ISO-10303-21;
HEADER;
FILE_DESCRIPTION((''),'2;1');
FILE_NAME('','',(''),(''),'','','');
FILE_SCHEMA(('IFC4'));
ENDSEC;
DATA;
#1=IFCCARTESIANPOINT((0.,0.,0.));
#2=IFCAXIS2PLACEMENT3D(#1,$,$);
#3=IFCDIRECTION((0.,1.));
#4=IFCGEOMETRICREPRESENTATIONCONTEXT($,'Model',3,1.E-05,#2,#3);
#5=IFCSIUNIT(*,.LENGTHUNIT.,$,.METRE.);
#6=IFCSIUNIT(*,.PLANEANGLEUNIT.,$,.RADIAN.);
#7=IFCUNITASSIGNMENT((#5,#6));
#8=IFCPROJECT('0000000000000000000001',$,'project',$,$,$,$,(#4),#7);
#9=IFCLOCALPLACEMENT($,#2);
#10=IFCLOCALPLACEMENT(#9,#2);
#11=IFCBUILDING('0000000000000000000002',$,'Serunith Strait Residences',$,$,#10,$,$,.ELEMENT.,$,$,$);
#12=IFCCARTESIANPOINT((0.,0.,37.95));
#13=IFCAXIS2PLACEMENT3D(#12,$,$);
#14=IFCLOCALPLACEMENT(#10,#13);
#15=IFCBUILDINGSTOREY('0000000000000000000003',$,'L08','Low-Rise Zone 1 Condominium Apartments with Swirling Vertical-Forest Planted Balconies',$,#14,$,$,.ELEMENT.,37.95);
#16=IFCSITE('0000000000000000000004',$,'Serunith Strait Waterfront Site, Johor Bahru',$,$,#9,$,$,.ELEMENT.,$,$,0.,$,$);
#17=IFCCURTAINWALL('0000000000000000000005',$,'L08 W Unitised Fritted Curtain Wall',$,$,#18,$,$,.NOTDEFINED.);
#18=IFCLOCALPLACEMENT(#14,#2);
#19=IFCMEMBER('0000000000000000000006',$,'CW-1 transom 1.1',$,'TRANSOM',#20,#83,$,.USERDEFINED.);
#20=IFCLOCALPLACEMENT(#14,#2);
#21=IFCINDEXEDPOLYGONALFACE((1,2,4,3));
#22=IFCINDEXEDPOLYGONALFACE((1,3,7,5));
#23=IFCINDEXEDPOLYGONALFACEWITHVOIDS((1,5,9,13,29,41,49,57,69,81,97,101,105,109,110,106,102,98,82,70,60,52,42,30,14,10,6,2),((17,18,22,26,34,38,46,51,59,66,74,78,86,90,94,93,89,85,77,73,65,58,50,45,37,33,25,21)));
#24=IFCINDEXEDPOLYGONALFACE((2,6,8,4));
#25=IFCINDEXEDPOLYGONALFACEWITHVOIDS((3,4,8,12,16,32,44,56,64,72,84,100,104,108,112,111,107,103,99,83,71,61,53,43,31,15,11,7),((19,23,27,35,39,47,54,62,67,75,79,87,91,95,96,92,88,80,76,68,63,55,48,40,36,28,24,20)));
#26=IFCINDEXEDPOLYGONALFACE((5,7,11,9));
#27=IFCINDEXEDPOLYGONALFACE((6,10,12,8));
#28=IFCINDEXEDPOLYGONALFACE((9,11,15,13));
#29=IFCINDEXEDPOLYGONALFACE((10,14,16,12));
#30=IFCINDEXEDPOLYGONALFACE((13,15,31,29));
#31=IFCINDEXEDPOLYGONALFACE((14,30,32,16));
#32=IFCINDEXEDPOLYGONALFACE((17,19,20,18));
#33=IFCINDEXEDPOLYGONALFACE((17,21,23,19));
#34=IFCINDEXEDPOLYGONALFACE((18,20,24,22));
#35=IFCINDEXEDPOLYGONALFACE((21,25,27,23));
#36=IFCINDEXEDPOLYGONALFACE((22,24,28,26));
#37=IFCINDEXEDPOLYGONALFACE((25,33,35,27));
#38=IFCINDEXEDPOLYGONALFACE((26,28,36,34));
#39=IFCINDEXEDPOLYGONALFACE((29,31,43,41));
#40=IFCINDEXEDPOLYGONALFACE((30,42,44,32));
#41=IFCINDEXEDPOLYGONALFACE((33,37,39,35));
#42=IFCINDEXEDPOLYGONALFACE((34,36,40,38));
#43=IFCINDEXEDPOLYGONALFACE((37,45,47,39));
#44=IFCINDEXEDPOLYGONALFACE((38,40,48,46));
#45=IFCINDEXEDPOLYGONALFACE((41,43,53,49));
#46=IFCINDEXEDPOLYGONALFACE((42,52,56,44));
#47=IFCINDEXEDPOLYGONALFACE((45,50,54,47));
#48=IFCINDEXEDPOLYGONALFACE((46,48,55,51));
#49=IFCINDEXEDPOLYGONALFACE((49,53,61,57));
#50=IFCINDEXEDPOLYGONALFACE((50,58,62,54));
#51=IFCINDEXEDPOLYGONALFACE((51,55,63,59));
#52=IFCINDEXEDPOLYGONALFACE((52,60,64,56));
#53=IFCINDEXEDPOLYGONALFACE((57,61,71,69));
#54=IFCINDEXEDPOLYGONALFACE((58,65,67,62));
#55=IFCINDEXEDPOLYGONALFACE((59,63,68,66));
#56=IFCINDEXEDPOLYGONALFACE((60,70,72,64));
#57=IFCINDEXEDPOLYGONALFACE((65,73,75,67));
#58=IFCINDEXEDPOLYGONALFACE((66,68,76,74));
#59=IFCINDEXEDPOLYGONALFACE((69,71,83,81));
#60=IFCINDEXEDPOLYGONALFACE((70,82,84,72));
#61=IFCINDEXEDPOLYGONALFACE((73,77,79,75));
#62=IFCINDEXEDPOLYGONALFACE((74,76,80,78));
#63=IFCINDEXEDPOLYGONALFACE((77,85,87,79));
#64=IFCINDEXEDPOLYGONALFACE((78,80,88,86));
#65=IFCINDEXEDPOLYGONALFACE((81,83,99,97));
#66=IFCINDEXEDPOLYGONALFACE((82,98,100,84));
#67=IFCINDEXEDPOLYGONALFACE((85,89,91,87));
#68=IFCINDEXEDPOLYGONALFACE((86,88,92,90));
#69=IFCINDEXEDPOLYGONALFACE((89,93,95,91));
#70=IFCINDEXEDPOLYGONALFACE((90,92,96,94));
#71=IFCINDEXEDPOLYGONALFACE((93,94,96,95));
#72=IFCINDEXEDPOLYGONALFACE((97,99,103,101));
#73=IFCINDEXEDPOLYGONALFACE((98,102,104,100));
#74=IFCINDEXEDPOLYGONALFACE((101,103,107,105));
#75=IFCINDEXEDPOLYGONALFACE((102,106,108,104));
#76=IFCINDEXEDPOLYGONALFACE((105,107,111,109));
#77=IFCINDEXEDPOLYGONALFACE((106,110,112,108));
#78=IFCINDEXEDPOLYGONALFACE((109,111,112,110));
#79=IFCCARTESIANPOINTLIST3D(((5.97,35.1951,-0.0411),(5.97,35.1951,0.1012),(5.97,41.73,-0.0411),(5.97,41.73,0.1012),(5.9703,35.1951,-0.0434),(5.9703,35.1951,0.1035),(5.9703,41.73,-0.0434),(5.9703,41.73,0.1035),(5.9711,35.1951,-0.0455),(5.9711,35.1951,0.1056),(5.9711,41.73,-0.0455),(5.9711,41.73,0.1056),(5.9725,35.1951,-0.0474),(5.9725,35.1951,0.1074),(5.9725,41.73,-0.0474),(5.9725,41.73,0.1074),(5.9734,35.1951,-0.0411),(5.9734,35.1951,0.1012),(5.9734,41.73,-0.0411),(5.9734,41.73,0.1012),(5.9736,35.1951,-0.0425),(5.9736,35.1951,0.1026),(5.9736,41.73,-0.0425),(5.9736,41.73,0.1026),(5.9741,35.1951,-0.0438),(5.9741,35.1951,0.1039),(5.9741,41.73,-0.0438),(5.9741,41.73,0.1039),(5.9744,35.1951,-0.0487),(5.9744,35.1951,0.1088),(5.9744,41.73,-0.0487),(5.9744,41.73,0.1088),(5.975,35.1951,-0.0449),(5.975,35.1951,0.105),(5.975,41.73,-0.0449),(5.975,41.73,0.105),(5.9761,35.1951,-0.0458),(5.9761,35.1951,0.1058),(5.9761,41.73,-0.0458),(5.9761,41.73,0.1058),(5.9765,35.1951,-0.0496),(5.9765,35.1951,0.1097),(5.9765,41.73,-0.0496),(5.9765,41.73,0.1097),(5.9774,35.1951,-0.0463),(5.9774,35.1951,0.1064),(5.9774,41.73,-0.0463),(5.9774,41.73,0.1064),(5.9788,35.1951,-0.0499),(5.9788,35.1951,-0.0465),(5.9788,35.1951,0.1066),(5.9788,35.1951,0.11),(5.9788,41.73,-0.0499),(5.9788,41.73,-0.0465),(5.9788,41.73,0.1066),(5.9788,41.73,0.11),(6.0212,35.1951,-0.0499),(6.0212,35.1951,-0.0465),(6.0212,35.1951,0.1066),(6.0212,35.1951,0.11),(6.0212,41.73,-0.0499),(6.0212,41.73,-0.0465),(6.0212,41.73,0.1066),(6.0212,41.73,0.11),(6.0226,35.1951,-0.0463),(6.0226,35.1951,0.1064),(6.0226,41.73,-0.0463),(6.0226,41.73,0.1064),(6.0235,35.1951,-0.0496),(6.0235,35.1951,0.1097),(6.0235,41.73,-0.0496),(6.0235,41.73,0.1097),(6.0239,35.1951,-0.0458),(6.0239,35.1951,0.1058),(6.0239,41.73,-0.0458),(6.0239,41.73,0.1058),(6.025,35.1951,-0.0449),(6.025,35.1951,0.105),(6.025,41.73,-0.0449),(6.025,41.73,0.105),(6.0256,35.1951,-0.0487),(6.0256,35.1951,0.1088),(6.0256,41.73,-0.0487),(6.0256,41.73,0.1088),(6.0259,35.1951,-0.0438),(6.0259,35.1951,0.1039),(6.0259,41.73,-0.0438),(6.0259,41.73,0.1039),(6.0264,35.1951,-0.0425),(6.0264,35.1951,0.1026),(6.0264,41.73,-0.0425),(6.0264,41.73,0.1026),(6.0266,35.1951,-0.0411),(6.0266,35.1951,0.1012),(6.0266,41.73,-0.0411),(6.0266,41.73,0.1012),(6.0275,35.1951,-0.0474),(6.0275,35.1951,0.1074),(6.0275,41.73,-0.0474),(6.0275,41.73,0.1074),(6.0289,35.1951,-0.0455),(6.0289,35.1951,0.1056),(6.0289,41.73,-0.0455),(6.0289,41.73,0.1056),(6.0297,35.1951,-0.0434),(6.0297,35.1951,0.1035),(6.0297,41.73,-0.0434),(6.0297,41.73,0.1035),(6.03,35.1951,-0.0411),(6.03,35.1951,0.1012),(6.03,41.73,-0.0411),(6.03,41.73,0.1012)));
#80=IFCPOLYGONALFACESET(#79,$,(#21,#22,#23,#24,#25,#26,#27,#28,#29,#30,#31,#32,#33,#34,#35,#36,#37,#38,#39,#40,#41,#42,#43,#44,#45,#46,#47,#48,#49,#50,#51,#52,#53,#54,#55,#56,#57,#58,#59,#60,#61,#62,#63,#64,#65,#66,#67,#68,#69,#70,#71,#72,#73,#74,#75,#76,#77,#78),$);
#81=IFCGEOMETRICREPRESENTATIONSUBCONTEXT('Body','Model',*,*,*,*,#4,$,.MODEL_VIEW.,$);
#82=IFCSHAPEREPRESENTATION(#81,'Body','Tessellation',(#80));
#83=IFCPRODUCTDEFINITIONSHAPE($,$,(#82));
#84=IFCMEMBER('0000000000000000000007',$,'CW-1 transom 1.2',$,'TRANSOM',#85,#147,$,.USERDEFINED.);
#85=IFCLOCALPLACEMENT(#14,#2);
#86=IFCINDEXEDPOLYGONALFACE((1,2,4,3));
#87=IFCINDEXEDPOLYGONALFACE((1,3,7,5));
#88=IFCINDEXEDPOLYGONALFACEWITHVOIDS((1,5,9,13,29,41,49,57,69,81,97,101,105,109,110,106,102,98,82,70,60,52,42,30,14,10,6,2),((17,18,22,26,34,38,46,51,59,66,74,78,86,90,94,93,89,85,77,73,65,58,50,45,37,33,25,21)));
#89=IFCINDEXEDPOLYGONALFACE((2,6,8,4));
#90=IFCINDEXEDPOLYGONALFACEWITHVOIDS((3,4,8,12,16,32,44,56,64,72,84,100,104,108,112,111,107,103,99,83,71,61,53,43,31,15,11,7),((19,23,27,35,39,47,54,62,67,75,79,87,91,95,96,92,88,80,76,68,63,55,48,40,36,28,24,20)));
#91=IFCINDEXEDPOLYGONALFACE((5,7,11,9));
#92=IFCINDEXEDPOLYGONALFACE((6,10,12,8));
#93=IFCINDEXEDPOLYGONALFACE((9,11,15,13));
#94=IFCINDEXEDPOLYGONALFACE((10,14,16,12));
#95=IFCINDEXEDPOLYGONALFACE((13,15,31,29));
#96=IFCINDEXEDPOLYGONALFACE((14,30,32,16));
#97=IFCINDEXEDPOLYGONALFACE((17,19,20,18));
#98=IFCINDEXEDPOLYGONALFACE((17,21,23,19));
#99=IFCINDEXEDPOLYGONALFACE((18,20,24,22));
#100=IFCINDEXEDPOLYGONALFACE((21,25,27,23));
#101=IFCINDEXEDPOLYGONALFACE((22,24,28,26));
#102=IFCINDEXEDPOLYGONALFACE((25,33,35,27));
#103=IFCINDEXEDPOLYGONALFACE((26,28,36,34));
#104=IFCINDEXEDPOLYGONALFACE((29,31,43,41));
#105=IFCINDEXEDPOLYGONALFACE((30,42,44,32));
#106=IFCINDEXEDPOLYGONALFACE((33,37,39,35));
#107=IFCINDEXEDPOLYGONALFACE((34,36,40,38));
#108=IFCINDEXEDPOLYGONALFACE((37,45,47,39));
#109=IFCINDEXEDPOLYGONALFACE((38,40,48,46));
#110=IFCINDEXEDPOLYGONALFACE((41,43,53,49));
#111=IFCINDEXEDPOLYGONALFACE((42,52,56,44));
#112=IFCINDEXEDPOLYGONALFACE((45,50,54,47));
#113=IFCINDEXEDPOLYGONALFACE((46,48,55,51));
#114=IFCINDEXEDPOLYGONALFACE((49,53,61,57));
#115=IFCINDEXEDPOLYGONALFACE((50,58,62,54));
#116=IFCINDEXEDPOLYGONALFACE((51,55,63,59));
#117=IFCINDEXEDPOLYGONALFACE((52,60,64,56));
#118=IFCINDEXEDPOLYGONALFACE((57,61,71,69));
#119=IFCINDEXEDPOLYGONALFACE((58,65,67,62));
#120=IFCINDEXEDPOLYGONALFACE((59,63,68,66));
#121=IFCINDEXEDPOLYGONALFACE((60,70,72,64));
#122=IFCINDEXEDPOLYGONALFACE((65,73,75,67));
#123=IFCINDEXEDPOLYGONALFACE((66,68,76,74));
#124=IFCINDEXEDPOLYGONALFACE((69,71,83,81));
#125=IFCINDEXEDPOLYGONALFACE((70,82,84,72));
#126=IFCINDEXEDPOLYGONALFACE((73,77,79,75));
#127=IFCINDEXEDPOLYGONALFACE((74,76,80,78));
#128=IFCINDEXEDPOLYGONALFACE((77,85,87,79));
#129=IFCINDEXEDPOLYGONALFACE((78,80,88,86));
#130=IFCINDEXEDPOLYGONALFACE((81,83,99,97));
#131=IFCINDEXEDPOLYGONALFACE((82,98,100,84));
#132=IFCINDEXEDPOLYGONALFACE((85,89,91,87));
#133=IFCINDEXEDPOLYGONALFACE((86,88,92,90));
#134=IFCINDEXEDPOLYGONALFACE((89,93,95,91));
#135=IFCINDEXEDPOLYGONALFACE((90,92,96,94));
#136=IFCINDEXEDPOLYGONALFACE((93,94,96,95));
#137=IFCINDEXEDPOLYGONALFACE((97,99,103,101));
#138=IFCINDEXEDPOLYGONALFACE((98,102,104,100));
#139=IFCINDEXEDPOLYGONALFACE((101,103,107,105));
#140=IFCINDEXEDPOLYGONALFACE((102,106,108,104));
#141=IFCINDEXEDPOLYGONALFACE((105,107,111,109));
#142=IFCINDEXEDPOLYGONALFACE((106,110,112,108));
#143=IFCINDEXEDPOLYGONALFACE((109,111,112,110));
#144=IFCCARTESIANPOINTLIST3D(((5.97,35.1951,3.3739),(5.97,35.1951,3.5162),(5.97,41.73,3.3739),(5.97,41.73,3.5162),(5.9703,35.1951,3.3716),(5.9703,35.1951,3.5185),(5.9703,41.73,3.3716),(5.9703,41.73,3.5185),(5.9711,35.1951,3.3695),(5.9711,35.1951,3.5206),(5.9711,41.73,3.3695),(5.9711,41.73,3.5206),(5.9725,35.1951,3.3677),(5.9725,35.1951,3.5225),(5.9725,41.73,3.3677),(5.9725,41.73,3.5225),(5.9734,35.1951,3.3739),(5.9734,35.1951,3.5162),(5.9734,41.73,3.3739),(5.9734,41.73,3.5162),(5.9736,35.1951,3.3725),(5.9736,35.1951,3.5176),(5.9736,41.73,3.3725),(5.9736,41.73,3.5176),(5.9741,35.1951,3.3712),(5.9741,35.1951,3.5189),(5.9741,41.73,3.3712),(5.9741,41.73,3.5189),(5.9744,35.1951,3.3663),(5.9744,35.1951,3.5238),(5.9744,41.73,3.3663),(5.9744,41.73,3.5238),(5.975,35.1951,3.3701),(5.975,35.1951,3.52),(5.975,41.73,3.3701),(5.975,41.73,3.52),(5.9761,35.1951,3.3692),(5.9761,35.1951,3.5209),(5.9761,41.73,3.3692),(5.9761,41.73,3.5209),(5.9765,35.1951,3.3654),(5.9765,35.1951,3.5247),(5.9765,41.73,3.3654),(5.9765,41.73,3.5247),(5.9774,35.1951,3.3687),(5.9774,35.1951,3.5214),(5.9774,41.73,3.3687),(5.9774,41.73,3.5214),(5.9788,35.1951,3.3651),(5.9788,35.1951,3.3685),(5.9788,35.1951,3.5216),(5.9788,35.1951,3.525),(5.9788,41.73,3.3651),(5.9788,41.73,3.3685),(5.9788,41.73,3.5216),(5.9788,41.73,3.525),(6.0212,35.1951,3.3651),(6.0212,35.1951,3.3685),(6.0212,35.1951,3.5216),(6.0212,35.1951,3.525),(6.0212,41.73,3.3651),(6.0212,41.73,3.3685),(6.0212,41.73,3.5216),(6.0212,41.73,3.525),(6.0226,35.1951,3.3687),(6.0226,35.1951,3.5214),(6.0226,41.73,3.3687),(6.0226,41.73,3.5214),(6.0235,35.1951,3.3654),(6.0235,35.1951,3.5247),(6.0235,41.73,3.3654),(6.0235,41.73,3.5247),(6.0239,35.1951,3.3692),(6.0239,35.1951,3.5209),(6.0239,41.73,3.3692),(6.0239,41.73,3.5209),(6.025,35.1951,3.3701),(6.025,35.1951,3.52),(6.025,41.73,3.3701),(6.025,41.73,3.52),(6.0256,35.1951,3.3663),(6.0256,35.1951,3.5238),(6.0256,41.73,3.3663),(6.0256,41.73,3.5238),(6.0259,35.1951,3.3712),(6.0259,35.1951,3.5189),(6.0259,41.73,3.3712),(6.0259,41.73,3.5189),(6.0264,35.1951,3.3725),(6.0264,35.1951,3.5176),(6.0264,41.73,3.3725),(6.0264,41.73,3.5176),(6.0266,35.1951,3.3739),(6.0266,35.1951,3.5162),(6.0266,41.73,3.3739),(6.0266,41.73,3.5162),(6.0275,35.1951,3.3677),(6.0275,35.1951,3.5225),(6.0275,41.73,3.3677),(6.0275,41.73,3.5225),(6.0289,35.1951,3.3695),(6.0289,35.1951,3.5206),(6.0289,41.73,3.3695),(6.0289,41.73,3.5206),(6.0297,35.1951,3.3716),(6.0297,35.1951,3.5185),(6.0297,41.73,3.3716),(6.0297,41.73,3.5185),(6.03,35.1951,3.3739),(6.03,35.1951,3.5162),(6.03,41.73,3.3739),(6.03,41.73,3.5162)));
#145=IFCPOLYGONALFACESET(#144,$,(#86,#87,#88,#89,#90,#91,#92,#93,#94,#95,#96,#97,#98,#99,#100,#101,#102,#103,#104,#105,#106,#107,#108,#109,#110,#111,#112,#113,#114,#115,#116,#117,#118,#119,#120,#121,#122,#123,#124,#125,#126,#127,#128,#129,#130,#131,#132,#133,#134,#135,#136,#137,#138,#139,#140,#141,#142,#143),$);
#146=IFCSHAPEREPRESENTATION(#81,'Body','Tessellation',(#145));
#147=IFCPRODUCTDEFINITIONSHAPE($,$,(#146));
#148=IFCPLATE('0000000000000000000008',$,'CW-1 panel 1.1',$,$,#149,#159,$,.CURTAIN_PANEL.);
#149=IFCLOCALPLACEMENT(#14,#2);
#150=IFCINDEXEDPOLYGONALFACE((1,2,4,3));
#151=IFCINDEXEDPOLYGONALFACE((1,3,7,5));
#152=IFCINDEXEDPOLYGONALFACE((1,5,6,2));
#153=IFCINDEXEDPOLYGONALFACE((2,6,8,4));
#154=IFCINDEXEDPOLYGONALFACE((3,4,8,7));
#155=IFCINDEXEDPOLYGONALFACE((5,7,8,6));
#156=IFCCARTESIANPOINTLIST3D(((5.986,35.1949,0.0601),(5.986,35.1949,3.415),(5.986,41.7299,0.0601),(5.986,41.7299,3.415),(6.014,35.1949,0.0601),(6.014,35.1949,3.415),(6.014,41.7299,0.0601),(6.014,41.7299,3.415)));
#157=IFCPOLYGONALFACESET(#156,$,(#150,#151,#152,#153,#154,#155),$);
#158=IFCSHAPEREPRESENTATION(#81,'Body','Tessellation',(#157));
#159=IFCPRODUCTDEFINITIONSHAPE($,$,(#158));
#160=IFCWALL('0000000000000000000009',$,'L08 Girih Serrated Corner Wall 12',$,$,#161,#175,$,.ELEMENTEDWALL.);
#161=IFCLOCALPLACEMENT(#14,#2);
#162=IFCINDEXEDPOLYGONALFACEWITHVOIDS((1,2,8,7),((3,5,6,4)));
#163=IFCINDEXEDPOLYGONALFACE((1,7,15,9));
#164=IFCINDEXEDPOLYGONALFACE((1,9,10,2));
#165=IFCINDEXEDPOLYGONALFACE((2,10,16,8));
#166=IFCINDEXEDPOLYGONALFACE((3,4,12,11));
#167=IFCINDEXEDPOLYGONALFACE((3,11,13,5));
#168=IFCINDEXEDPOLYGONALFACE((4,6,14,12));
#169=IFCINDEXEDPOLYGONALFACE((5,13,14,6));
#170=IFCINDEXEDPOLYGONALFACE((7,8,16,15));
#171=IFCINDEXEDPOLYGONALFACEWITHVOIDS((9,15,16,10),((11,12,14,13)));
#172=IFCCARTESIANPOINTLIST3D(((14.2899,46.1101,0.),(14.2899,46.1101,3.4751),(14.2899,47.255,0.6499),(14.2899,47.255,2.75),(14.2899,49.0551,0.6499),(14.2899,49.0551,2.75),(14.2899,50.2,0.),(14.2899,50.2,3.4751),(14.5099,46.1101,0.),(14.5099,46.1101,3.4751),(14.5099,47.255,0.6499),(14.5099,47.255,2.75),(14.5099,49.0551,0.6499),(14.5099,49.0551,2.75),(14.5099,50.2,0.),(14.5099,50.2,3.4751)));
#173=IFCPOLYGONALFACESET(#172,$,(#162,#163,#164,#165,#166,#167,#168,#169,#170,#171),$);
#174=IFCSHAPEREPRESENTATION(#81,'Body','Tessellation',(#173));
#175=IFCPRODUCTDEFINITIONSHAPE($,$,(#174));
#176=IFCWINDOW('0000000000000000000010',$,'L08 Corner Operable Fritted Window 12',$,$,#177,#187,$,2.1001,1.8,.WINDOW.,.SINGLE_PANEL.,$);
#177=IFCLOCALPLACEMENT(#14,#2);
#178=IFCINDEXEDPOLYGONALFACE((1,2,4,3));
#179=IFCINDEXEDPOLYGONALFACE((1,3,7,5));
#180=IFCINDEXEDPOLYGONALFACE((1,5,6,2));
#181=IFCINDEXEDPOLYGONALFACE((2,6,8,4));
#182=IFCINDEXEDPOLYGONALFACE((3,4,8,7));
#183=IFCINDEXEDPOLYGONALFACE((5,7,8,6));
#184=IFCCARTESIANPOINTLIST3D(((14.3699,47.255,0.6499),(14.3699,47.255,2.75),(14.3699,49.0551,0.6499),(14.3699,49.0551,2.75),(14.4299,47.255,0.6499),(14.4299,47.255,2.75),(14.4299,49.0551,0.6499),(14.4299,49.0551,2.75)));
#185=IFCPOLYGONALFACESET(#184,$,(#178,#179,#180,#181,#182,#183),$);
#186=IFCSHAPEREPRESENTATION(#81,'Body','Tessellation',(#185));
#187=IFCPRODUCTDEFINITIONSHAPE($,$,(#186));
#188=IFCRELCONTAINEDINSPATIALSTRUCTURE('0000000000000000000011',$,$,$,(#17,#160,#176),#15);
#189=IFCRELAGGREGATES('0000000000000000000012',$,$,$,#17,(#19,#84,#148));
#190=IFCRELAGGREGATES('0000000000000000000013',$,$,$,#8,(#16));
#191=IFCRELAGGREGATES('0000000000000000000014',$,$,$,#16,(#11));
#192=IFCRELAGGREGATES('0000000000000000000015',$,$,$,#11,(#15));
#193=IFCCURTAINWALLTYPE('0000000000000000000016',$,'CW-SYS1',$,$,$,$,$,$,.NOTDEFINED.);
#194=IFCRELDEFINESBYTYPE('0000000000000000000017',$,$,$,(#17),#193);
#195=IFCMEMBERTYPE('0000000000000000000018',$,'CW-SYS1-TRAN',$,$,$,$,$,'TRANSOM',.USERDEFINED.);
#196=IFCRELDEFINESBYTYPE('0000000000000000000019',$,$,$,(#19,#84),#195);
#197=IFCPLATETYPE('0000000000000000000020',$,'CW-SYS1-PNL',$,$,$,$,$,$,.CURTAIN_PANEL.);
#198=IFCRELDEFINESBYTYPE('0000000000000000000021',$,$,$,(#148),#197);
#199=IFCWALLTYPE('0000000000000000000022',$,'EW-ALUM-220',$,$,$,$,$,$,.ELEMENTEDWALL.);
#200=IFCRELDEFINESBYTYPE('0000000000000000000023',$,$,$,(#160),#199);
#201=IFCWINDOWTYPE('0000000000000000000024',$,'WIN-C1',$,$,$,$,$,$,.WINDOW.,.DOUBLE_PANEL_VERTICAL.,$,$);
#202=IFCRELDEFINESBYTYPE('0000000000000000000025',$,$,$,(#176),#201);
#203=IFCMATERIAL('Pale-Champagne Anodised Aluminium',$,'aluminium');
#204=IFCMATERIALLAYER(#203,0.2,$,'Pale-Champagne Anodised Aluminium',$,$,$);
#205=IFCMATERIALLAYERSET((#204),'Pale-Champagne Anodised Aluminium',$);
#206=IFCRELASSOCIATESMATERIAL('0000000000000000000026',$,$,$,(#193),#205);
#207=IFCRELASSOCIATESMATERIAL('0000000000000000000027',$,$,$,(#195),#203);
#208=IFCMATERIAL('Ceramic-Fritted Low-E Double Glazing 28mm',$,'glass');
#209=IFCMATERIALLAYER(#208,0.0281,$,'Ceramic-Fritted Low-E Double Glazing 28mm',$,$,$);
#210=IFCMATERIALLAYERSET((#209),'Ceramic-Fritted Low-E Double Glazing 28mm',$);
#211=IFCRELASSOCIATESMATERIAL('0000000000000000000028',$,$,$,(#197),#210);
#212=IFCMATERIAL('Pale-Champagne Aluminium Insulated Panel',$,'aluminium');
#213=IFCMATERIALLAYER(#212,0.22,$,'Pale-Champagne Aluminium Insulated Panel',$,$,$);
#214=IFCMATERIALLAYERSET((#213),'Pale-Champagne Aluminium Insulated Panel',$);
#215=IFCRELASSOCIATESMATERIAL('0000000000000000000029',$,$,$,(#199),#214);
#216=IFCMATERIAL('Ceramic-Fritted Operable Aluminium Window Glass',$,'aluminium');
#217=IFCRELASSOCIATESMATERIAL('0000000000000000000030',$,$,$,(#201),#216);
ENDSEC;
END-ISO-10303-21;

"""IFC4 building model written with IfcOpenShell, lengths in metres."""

from ifc_helpers import new_model, si_unit, direction, frame, frame_2d, origin, origin_2d, place, context, subcontext, project, spatial, rectangle, hollow_rectangle, extrude, source, transform, mapped, material, layer, layer_set, material_profile, profile_set, type_object, element, fill, aggregate, save


model = new_model("IFC4")

# Units and contexts
model_context = context("Model", 3, precision=1e-05, world=origin(), true_north=direction((0.0, 1.0)))
body_context = subcontext(model_context, "Body", "Model", "MODEL_VIEW")
ifc_project = project(units=[si_unit("LENGTHUNIT", "METRE"), si_unit("PLANEANGLEUNIT", "RADIAN")], contexts=[model_context])

# Site, building, storey
site_placement = place(None, origin())
site = spatial("IfcSite", under=ifc_project, at=site_placement, Name="Serunith Strait Waterfront Site, Johor Bahru", CompositionType="ELEMENT", RefElevation=0.0)
building_placement = place(site_placement, origin())
building = spatial("IfcBuilding", under=site, at=building_placement, Name="Serunith Strait Residences", CompositionType="ELEMENT")
storey_placement = place(building_placement, frame((0.0, 0.0, 37.95)))
storey = spatial("IfcBuildingStorey", under=building, at=storey_placement, Name="L08", Description="Low-Rise Zone 1 Condominium Apartments with Swirling Vertical-Forest Planted Balconies", CompositionType="ELEMENT", Elevation=37.95)

# Shared definitions
ifc_material_1 = material(Name="Pale-Champagne Anodised Aluminium", Category="aluminium")
ifc_layer_1 = layer(ifc_material_1, 0.2, Name="Pale-Champagne Anodised Aluminium")
ifc_layer_set_1 = layer_set([ifc_layer_1], Name="Pale-Champagne Anodised Aluminium")
curtain_wall_type = type_object("IfcCurtainWallType", Name="CW-SYS1", PredefinedType="NOTDEFINED", material=ifc_layer_set_1)

# Curtain wall, members, plate
curtain_wall_1_placement = place(storey_placement, origin())
curtain_wall_1 = element("IfcCurtainWall", 1, at=curtain_wall_1_placement, inside=storey, type_object=curtain_wall_type, Name="L08 W Unitised Fritted Curtain Wall", PredefinedType="NOTDEFINED")
ifc_material_profile_1 = material_profile(ifc_material_1, hollow_rectangle(XDim=0.0601, YDim=0.1599, WallThickness=0.0034, InnerFilletRadius=0.0054, OuterFilletRadius=0.0088, at=origin_2d()), Name="ALU 160x60x3.5")
ifc_profile_set_1 = profile_set([ifc_material_profile_1], Name="Pale-Champagne Anodised Aluminium")
member_type_1 = type_object("IfcMemberType", Name="CW-SYS1-TRAN", ElementType="TRANSOM", PredefinedType="USERDEFINED", material=ifc_profile_set_1)
shared_shape_1 = source(origin(), body_context, "Body", "SweptSolid", [
    extrude(hollow_rectangle(XDim=0.0601, YDim=0.1599, WallThickness=0.0034, InnerFilletRadius=0.0054, OuterFilletRadius=0.0088, at=origin_2d()), origin(), (0.0, 0.0, 1.0), 6.5349),
])
member_1_placement = place(storey_placement, frame((6.0, 41.73, 0.03), z_axis=(0.0, -1.0, 0.0), x_axis=(1.0, 0.0, 0.0)))
member_1 = element("IfcMember", 2, at=member_1_placement, type_object=member_type_1, Name="CW-1 transom 1.1", ObjectType="TRANSOM", PredefinedType="USERDEFINED", context=body_context, shape_type="MappedRepresentation", body=[
    mapped(shared_shape_1, transform((0.0, 0.0, 0.0), scale=1.0)),
])
member_2_placement = place(storey_placement, frame((6.0, 41.73, 3.4451), z_axis=(0.0, -1.0, 0.0), x_axis=(1.0, 0.0, 0.0)))
member_2 = element("IfcMember", 3, at=member_2_placement, type_object=member_type_1, Name="CW-1 transom 1.2", ObjectType="TRANSOM", PredefinedType="USERDEFINED", context=body_context, shape_type="MappedRepresentation", body=[
    mapped(shared_shape_1, transform((0.0, 0.0, 0.0), scale=1.0)),
])
ifc_material_2 = material(Name="Ceramic-Fritted Low-E Double Glazing 28mm", Category="glass")
ifc_layer_2 = layer(ifc_material_2, 0.0281, Name="Ceramic-Fritted Low-E Double Glazing 28mm")
ifc_layer_set_2 = layer_set([ifc_layer_2], Name="Ceramic-Fritted Low-E Double Glazing 28mm")
plate_type = type_object("IfcPlateType", Name="CW-SYS1-PNL", PredefinedType="CURTAIN_PANEL", material=ifc_layer_set_2)
shared_shape_2 = source(origin(), body_context, "Body", "SweptSolid", [
    extrude(rectangle(XDim=6.5349, YDim=0.0281, at=origin_2d()), origin(), (0.0, 0.0, 1.0), 3.355),
])
plate_placement = place(storey_placement, frame((6.0, 38.4624, 0.0601), z_axis=(0.0, 0.0, 1.0), x_axis=(0.0, -1.0, 0.0)))
plate = element("IfcPlate", 4, at=plate_placement, type_object=plate_type, Name="CW-1 panel 1.1", PredefinedType="CURTAIN_PANEL", context=body_context, shape_type="MappedRepresentation", body=[
    mapped(shared_shape_2, transform((0.0, 0.0, 0.0), scale=1.0)),
])
aggregate(curtain_wall_1, [member_1, member_2, plate])

# Wall, opening, window
ifc_material_3 = material(Name="Pale-Champagne Aluminium Insulated Panel", Category="aluminium")
ifc_layer_3 = layer(ifc_material_3, 0.22, Name="Pale-Champagne Aluminium Insulated Panel")
ifc_layer_set_3 = layer_set([ifc_layer_3], Name="Pale-Champagne Aluminium Insulated Panel")
wall_type_1 = type_object("IfcWallType", Name="EW-ALUM-220", PredefinedType="ELEMENTEDWALL", material=ifc_layer_set_3)
wall_1_placement = place(storey_placement, frame((14.3999, 50.2, 0.0), z_axis=(0.0, 0.0, 1.0), x_axis=(0.0, -1.0, 0.0)))
wall_1 = element("IfcWall", 5, at=wall_1_placement, inside=storey, type_object=wall_type_1, Name="L08 Girih Serrated Corner Wall 12", PredefinedType="ELEMENTEDWALL", context=body_context, shape_type="SweptSolid", body=[
    extrude(rectangle(XDim=4.0898, YDim=0.22, at=frame_2d((2.0449, 0.0))), origin(), (0.0, 0.0, 1.0), 3.4751),
])
opening_1_placement = place(wall_1_placement, frame((1.145, 0.0, 0.6499)))
opening_1 = element("IfcOpeningElement", 6, at=opening_1_placement, cuts=wall_1, PredefinedType="OPENING", context=body_context, shape_type="SweptSolid", body=[
    extrude(rectangle(XDim=1.8, YDim=2.1001, at=frame_2d((0.8999, 1.05))), frame((0.0, 0.1201, 0.0), z_axis=(0.0, -1.0, 0.0), x_axis=(1.0, 0.0, 0.0)), (0.0, 0.0, 1.0), 0.24),
])
ifc_material_4 = material(Name="Ceramic-Fritted Operable Aluminium Window Glass", Category="aluminium")
window_type = type_object("IfcWindowType", Name="WIN-C1", PartitioningType="DOUBLE_PANEL_VERTICAL", PredefinedType="WINDOW", material=ifc_material_4)
shared_shape_3 = source(origin(), body_context, "Body", "SweptSolid", [
    extrude(rectangle(XDim=1.8, YDim=2.1001, at=frame_2d((0.8999, 1.05))), frame((0.0, 0.03, 0.0), z_axis=(0.0, -1.0, 0.0), x_axis=(1.0, 0.0, 0.0)), (0.0, 0.0, 1.0), 0.0601),
])
window_1_placement = place(opening_1_placement, origin())
window_1 = element("IfcWindow", 7, at=window_1_placement, inside=storey, type_object=window_type, Name="L08 Corner Operable Fritted Window 12", OverallHeight=2.1001, OverallWidth=1.8, PartitioningType="SINGLE_PANEL", PredefinedType="WINDOW", context=body_context, shape_type="MappedRepresentation", body=[
    mapped(shared_shape_3, transform((0.0, 0.0, 0.0), scale=1.0)),
])
fill(opening_1, window_1)

save(model, "model.ifc")
